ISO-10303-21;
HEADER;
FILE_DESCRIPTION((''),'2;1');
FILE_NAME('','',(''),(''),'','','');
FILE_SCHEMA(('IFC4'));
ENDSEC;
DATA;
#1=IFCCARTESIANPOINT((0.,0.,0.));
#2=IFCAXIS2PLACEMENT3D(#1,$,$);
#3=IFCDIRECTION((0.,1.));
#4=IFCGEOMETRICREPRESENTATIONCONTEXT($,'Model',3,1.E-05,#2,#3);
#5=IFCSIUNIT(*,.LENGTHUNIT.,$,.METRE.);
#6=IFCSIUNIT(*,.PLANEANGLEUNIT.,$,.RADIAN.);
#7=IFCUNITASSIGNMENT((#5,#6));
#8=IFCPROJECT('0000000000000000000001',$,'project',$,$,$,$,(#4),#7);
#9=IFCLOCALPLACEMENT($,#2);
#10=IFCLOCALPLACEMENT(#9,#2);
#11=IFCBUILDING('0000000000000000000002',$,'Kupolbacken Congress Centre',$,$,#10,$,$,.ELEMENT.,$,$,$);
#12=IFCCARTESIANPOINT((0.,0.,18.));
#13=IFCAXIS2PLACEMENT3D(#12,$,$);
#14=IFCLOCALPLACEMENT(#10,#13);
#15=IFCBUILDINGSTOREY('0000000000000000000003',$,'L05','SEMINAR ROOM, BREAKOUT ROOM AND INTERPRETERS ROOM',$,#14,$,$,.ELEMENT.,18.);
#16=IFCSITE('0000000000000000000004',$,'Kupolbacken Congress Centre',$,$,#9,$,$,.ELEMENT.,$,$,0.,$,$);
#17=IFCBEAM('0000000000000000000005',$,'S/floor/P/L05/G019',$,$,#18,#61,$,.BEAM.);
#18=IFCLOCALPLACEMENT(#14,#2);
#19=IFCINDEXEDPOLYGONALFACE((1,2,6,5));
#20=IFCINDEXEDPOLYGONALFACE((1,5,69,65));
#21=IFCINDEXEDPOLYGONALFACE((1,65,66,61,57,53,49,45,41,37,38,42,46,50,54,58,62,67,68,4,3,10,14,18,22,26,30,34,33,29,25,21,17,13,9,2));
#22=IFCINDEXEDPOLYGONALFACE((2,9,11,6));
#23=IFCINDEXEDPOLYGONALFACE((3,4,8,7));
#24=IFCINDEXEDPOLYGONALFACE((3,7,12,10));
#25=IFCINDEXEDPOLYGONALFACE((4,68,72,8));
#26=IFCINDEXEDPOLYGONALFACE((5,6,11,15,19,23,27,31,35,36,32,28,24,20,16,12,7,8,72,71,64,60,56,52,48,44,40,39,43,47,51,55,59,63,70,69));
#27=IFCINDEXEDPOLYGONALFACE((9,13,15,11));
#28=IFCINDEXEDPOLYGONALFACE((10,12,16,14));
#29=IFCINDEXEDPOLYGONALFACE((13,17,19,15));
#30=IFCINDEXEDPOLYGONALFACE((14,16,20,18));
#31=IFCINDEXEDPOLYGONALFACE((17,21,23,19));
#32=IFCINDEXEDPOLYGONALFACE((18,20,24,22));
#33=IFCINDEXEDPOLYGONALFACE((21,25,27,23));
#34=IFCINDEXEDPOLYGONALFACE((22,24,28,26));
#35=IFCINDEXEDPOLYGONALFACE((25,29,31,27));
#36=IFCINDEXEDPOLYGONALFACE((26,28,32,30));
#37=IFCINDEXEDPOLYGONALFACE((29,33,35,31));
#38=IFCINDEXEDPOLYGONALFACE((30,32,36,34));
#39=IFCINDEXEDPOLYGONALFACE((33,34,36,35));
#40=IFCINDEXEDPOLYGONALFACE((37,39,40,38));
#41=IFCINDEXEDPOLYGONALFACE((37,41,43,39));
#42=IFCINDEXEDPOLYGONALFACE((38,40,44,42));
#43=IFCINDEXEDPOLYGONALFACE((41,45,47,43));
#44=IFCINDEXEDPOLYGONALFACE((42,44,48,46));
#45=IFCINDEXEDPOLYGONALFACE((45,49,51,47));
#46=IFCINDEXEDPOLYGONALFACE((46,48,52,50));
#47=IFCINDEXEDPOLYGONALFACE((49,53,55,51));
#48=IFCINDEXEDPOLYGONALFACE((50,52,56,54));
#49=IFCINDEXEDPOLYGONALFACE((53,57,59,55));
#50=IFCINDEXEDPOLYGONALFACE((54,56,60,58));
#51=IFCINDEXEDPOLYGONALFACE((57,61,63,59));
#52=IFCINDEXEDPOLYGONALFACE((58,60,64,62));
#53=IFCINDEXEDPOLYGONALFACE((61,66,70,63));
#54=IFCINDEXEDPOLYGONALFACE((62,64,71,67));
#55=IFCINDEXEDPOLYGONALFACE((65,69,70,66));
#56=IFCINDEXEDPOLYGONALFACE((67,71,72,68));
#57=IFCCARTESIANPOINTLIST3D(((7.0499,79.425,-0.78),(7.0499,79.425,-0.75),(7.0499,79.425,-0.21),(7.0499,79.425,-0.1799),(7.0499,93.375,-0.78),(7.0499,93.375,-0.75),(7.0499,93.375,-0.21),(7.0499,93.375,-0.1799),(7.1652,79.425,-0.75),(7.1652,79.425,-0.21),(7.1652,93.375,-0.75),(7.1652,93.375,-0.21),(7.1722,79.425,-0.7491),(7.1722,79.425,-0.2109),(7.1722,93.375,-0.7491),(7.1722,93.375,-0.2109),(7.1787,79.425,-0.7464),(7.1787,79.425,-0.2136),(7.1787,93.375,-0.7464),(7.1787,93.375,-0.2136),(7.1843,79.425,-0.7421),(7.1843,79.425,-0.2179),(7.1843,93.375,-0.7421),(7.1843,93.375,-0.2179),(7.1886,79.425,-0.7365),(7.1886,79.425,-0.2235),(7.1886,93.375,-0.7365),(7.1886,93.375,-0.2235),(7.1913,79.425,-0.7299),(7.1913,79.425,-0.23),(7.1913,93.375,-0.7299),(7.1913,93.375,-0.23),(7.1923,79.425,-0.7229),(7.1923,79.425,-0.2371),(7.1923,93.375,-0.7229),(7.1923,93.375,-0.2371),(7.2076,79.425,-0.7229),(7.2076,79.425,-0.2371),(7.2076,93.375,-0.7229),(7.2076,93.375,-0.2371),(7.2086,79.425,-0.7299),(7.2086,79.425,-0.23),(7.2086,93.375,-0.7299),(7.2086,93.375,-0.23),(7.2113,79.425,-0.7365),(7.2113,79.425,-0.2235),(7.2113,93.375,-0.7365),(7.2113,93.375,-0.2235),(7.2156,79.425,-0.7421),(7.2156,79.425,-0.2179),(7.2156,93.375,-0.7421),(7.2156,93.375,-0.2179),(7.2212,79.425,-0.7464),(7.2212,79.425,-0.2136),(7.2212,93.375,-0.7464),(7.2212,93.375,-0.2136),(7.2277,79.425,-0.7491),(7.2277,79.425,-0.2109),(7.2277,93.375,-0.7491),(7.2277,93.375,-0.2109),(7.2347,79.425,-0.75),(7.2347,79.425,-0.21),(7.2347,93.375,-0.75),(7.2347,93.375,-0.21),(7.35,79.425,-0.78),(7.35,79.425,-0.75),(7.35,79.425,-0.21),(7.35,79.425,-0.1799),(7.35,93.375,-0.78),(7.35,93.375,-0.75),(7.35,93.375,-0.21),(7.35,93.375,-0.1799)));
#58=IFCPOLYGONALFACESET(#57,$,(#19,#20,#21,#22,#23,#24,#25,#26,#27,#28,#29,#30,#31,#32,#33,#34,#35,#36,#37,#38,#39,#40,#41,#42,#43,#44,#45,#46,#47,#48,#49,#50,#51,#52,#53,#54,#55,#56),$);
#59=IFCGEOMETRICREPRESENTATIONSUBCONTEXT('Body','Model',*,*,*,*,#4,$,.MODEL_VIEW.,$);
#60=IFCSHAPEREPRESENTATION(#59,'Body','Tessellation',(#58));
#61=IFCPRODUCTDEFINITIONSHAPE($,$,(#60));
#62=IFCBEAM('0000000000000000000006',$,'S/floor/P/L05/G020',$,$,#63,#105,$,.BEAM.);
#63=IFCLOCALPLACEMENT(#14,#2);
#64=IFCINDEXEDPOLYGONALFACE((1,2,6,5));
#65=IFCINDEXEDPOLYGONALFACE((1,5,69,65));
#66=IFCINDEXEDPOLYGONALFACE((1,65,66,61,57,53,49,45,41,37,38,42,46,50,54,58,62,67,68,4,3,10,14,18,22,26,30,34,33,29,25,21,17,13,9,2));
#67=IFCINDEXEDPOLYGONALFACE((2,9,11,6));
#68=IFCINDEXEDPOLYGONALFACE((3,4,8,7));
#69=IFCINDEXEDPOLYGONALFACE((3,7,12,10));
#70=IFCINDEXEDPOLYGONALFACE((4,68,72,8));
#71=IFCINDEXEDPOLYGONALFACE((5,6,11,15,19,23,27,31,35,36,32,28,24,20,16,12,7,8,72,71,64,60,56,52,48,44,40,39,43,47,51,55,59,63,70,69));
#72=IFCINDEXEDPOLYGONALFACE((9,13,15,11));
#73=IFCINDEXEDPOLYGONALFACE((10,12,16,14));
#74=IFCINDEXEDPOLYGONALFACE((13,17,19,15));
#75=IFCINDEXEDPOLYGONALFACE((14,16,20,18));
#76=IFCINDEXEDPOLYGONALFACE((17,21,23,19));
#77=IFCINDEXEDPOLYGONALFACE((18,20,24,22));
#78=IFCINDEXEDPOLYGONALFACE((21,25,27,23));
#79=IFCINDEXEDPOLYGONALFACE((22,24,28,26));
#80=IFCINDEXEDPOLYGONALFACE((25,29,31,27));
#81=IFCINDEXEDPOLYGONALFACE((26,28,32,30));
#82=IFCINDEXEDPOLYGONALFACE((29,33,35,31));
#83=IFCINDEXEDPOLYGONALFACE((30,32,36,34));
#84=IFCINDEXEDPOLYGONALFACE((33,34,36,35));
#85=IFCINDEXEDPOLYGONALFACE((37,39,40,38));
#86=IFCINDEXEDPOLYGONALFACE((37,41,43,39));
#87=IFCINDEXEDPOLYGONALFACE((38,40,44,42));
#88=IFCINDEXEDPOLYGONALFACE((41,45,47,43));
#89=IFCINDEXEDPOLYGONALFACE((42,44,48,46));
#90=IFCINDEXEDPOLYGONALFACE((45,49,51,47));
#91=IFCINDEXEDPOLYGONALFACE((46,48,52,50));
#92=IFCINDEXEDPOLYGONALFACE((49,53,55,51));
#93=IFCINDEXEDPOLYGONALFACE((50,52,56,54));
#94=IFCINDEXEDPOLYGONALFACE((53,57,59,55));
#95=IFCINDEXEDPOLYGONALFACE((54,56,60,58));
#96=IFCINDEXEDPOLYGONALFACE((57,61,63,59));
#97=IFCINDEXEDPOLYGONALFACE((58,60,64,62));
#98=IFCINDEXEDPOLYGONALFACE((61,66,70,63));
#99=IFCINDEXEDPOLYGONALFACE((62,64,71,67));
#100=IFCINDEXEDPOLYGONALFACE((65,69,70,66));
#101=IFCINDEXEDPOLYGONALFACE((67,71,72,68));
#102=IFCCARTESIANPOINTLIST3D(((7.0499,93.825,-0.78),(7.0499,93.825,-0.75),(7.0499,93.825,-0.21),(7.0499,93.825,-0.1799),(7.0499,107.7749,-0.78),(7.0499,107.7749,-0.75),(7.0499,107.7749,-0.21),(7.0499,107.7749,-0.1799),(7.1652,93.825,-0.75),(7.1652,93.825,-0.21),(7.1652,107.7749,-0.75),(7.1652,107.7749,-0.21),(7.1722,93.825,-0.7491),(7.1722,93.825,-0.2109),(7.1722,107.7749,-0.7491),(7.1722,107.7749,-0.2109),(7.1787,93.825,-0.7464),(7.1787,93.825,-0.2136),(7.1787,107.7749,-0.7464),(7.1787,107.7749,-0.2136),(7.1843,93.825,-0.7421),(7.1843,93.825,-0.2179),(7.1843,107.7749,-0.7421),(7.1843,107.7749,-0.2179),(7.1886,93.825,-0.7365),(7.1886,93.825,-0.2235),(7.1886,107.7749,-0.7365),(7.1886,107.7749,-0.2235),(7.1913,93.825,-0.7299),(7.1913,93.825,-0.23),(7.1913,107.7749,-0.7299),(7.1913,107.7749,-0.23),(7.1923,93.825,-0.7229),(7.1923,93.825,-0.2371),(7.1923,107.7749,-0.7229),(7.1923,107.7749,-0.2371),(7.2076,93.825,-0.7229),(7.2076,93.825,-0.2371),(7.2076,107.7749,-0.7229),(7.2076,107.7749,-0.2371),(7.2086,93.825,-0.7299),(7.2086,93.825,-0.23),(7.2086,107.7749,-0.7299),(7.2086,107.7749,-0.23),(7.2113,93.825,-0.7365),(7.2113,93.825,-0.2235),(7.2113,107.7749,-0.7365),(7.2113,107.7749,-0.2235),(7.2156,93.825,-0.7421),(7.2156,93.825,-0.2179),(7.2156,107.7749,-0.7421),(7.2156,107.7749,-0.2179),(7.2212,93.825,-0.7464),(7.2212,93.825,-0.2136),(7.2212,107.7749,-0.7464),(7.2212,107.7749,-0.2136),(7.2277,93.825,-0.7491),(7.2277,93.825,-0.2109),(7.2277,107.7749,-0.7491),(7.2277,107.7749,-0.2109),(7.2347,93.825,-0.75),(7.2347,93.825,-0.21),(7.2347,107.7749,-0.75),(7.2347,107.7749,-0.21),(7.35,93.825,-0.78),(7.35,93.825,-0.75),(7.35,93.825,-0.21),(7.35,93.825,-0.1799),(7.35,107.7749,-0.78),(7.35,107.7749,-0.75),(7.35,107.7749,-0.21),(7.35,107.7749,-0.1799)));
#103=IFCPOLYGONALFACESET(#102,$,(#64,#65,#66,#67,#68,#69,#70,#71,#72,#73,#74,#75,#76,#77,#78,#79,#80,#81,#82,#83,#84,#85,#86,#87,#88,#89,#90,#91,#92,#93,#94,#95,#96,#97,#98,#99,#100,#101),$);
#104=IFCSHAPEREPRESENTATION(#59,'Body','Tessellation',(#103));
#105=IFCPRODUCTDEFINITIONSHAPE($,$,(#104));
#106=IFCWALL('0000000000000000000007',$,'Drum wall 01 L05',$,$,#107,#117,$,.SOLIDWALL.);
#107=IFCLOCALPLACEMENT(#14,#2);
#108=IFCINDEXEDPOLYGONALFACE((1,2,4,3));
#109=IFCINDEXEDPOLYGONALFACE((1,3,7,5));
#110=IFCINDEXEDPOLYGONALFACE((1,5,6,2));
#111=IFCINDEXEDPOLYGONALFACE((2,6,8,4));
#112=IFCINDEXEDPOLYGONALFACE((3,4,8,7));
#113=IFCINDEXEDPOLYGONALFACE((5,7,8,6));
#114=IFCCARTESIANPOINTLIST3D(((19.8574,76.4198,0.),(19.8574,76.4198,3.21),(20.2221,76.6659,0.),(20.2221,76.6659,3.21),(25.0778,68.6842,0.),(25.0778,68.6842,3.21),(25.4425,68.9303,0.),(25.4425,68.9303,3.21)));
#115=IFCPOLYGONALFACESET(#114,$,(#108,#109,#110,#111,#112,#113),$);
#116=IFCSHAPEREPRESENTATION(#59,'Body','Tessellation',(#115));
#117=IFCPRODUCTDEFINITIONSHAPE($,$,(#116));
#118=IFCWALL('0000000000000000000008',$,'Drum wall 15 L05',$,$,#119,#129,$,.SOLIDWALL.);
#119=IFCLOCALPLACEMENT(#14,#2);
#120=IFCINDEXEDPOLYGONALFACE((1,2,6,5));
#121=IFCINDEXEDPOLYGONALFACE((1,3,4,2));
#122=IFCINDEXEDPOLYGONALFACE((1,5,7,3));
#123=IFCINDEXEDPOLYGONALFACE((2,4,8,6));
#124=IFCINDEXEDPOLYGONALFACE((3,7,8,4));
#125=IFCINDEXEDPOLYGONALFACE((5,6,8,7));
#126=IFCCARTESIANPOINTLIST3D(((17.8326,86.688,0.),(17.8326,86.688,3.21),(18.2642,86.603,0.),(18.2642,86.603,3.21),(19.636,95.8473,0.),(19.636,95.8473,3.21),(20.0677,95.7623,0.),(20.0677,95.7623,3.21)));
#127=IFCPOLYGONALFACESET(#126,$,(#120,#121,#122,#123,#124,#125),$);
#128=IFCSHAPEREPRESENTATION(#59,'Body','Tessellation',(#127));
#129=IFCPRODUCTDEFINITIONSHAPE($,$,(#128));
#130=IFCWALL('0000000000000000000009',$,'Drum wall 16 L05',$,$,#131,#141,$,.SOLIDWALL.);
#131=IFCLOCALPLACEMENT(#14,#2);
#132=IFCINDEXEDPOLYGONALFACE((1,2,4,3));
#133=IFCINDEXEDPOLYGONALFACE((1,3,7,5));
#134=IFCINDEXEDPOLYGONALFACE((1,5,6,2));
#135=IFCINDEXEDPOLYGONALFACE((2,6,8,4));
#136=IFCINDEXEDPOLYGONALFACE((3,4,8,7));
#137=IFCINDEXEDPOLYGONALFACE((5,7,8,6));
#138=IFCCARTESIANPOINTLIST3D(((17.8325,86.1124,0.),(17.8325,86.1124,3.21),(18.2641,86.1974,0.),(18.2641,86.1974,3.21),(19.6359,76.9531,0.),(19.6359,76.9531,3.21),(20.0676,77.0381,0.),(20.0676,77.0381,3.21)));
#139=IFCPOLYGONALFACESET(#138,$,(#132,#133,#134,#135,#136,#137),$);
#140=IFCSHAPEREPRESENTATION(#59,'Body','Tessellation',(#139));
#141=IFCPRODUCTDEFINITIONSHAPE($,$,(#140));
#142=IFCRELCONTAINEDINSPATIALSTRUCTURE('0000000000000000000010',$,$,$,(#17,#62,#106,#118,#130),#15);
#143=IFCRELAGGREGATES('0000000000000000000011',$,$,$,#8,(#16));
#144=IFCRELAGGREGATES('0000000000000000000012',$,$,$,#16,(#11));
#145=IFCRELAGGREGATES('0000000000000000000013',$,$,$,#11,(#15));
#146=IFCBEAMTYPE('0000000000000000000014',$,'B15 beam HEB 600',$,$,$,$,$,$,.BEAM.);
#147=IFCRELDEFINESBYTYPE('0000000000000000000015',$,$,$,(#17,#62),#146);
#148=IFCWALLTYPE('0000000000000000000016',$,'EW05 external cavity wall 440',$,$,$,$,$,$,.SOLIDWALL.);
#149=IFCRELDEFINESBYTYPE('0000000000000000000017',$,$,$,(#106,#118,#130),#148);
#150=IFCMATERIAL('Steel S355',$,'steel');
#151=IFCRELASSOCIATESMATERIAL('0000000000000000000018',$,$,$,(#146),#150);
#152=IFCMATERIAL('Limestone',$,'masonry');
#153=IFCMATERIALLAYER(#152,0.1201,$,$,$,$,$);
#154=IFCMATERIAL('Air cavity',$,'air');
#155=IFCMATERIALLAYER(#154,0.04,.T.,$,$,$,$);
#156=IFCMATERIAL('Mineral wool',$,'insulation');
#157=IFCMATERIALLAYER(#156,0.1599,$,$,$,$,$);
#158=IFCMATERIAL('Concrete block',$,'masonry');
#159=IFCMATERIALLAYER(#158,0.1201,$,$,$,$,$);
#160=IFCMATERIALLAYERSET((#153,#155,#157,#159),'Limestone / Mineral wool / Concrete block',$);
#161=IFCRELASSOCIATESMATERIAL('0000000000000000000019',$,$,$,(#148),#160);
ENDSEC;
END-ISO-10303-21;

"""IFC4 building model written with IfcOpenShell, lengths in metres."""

from ifc_helpers import new_model, si_unit, direction, frame, frame_2d, origin, origin_2d, place, context, subcontext, project, spatial, rectangle, i_section, extrude, material, layer, layer_set, material_profile, profile_set, type_object, element, save


model = new_model("IFC4")

# Units and contexts
model_context = context("Model", 3, precision=1e-05, world=origin(), true_north=direction((0.0, 1.0)))
body_context = subcontext(model_context, "Body", "Model", "MODEL_VIEW")
ifc_project = project(units=[si_unit("LENGTHUNIT", "METRE"), si_unit("PLANEANGLEUNIT", "RADIAN")], contexts=[model_context])

# Site, building, storey
site_placement = place(None, origin())
site = spatial("IfcSite", under=ifc_project, at=site_placement, Name="Kupolbacken Congress Centre", CompositionType="ELEMENT", RefElevation=0.0)
building_placement = place(site_placement, origin())
building = spatial("IfcBuilding", under=site, at=building_placement, Name="Kupolbacken Congress Centre", CompositionType="ELEMENT")
storey_placement = place(building_placement, frame((0.0, 0.0, 18.0)))
storey = spatial("IfcBuildingStorey", under=building, at=storey_placement, Name="L05", Description="SEMINAR ROOM, BREAKOUT ROOM AND INTERPRETERS ROOM", CompositionType="ELEMENT", Elevation=18.0)

# Beams
ifc_material_1 = material(Name="Steel S355", Category="steel")
ifc_material_profile_1 = material_profile(ifc_material_1, i_section(OverallWidth=0.3, OverallDepth=0.6001, WebThickness=0.0154, FlangeThickness=0.03, FilletRadius=0.0271, at=origin_2d()), Name="HEB 600")
ifc_profile_set_1 = profile_set([ifc_material_profile_1], Name="Steel S355")
beam_type_1 = type_object("IfcBeamType", Name="B15 beam HEB 600", PredefinedType="BEAM", material=ifc_profile_set_1)
for number, where, z_axis, x_axis, name in (
    (1, (7.2, 79.425, -0.48), (0.0, 1.0, 0.0), (-1.0, 0.0, 0.0), "S/floor/P/L05/G019"),
    (2, (7.2, 93.825, -0.48), (0.0, 1.0, 0.0), (-1.0, 0.0, 0.0), "S/floor/P/L05/G020"),
):
    element("IfcBeam", number, at=place(storey_placement, frame(where, z_axis=z_axis, x_axis=x_axis)), inside=storey, type_object=beam_type_1, Name=name, PredefinedType="BEAM", context=body_context, shape_type="SweptSolid", body=[
        extrude(i_section(OverallWidth=0.3, OverallDepth=0.6001, WebThickness=0.0154, FlangeThickness=0.03, FilletRadius=0.0271, at=origin_2d()), origin(), (0.0, 0.0, 1.0), 13.95),
    ])

# Walls
ifc_material_2 = material(Name="Limestone", Category="masonry")
ifc_layer_1 = layer(ifc_material_2, 0.1201)
ifc_material_3 = material(Name="Air cavity", Category="air")
ifc_layer_2 = layer(ifc_material_3, 0.04, ventilated=True)
ifc_material_4 = material(Name="Mineral wool", Category="insulation")
ifc_layer_3 = layer(ifc_material_4, 0.1599)
ifc_material_5 = material(Name="Concrete block", Category="masonry")
ifc_layer_4 = layer(ifc_material_5, 0.1201)
ifc_layer_set_1 = layer_set([ifc_layer_1, ifc_layer_2, ifc_layer_3, ifc_layer_4], Name="Limestone / Mineral wool / Concrete block")
wall_type = type_object("IfcWallType", Name="EW05 external cavity wall 440", PredefinedType="SOLIDWALL", material=ifc_layer_set_1)
wall_placement = place(storey_placement, frame((20.0398, 76.5427, 0.0), z_axis=(0.0, 0.0, 1.0), x_axis=(0.559394, -0.828902, 0.0)))
element("IfcWall", 3, at=wall_placement, inside=storey, type_object=wall_type, Name="Drum wall 01 L05", PredefinedType="SOLIDWALL", context=body_context, shape_type="SweptSolid", body=[
    extrude(rectangle(XDim=9.3323, YDim=0.4399, at=frame_2d((4.666, 0.0))), origin(), (0.0, 0.0, 1.0), 3.21),
])
for number, where, z_axis, x_axis, name in (
    (4, (19.8518, 95.8047, 0.0), (0.0, 0.0, 1.0), (-0.193188, -0.981162, 0.0), "Drum wall 15 L05"),
    (5, (18.0483, 86.1548, 0.0), (0.0, 0.0, 1.0), (0.193188, -0.981162, 0.0), "Drum wall 16 L05"),
):
    element("IfcWall", number, at=place(storey_placement, frame(where, z_axis=z_axis, x_axis=x_axis)), inside=storey, type_object=wall_type, Name=name, PredefinedType="SOLIDWALL", context=body_context, shape_type="SweptSolid", body=[
        extrude(rectangle(XDim=9.3352, YDim=0.4399, at=frame_2d((4.6675, 0.0))), origin(), (0.0, 0.0, 1.0), 3.21),
    ])

save(model, "model.ifc")
